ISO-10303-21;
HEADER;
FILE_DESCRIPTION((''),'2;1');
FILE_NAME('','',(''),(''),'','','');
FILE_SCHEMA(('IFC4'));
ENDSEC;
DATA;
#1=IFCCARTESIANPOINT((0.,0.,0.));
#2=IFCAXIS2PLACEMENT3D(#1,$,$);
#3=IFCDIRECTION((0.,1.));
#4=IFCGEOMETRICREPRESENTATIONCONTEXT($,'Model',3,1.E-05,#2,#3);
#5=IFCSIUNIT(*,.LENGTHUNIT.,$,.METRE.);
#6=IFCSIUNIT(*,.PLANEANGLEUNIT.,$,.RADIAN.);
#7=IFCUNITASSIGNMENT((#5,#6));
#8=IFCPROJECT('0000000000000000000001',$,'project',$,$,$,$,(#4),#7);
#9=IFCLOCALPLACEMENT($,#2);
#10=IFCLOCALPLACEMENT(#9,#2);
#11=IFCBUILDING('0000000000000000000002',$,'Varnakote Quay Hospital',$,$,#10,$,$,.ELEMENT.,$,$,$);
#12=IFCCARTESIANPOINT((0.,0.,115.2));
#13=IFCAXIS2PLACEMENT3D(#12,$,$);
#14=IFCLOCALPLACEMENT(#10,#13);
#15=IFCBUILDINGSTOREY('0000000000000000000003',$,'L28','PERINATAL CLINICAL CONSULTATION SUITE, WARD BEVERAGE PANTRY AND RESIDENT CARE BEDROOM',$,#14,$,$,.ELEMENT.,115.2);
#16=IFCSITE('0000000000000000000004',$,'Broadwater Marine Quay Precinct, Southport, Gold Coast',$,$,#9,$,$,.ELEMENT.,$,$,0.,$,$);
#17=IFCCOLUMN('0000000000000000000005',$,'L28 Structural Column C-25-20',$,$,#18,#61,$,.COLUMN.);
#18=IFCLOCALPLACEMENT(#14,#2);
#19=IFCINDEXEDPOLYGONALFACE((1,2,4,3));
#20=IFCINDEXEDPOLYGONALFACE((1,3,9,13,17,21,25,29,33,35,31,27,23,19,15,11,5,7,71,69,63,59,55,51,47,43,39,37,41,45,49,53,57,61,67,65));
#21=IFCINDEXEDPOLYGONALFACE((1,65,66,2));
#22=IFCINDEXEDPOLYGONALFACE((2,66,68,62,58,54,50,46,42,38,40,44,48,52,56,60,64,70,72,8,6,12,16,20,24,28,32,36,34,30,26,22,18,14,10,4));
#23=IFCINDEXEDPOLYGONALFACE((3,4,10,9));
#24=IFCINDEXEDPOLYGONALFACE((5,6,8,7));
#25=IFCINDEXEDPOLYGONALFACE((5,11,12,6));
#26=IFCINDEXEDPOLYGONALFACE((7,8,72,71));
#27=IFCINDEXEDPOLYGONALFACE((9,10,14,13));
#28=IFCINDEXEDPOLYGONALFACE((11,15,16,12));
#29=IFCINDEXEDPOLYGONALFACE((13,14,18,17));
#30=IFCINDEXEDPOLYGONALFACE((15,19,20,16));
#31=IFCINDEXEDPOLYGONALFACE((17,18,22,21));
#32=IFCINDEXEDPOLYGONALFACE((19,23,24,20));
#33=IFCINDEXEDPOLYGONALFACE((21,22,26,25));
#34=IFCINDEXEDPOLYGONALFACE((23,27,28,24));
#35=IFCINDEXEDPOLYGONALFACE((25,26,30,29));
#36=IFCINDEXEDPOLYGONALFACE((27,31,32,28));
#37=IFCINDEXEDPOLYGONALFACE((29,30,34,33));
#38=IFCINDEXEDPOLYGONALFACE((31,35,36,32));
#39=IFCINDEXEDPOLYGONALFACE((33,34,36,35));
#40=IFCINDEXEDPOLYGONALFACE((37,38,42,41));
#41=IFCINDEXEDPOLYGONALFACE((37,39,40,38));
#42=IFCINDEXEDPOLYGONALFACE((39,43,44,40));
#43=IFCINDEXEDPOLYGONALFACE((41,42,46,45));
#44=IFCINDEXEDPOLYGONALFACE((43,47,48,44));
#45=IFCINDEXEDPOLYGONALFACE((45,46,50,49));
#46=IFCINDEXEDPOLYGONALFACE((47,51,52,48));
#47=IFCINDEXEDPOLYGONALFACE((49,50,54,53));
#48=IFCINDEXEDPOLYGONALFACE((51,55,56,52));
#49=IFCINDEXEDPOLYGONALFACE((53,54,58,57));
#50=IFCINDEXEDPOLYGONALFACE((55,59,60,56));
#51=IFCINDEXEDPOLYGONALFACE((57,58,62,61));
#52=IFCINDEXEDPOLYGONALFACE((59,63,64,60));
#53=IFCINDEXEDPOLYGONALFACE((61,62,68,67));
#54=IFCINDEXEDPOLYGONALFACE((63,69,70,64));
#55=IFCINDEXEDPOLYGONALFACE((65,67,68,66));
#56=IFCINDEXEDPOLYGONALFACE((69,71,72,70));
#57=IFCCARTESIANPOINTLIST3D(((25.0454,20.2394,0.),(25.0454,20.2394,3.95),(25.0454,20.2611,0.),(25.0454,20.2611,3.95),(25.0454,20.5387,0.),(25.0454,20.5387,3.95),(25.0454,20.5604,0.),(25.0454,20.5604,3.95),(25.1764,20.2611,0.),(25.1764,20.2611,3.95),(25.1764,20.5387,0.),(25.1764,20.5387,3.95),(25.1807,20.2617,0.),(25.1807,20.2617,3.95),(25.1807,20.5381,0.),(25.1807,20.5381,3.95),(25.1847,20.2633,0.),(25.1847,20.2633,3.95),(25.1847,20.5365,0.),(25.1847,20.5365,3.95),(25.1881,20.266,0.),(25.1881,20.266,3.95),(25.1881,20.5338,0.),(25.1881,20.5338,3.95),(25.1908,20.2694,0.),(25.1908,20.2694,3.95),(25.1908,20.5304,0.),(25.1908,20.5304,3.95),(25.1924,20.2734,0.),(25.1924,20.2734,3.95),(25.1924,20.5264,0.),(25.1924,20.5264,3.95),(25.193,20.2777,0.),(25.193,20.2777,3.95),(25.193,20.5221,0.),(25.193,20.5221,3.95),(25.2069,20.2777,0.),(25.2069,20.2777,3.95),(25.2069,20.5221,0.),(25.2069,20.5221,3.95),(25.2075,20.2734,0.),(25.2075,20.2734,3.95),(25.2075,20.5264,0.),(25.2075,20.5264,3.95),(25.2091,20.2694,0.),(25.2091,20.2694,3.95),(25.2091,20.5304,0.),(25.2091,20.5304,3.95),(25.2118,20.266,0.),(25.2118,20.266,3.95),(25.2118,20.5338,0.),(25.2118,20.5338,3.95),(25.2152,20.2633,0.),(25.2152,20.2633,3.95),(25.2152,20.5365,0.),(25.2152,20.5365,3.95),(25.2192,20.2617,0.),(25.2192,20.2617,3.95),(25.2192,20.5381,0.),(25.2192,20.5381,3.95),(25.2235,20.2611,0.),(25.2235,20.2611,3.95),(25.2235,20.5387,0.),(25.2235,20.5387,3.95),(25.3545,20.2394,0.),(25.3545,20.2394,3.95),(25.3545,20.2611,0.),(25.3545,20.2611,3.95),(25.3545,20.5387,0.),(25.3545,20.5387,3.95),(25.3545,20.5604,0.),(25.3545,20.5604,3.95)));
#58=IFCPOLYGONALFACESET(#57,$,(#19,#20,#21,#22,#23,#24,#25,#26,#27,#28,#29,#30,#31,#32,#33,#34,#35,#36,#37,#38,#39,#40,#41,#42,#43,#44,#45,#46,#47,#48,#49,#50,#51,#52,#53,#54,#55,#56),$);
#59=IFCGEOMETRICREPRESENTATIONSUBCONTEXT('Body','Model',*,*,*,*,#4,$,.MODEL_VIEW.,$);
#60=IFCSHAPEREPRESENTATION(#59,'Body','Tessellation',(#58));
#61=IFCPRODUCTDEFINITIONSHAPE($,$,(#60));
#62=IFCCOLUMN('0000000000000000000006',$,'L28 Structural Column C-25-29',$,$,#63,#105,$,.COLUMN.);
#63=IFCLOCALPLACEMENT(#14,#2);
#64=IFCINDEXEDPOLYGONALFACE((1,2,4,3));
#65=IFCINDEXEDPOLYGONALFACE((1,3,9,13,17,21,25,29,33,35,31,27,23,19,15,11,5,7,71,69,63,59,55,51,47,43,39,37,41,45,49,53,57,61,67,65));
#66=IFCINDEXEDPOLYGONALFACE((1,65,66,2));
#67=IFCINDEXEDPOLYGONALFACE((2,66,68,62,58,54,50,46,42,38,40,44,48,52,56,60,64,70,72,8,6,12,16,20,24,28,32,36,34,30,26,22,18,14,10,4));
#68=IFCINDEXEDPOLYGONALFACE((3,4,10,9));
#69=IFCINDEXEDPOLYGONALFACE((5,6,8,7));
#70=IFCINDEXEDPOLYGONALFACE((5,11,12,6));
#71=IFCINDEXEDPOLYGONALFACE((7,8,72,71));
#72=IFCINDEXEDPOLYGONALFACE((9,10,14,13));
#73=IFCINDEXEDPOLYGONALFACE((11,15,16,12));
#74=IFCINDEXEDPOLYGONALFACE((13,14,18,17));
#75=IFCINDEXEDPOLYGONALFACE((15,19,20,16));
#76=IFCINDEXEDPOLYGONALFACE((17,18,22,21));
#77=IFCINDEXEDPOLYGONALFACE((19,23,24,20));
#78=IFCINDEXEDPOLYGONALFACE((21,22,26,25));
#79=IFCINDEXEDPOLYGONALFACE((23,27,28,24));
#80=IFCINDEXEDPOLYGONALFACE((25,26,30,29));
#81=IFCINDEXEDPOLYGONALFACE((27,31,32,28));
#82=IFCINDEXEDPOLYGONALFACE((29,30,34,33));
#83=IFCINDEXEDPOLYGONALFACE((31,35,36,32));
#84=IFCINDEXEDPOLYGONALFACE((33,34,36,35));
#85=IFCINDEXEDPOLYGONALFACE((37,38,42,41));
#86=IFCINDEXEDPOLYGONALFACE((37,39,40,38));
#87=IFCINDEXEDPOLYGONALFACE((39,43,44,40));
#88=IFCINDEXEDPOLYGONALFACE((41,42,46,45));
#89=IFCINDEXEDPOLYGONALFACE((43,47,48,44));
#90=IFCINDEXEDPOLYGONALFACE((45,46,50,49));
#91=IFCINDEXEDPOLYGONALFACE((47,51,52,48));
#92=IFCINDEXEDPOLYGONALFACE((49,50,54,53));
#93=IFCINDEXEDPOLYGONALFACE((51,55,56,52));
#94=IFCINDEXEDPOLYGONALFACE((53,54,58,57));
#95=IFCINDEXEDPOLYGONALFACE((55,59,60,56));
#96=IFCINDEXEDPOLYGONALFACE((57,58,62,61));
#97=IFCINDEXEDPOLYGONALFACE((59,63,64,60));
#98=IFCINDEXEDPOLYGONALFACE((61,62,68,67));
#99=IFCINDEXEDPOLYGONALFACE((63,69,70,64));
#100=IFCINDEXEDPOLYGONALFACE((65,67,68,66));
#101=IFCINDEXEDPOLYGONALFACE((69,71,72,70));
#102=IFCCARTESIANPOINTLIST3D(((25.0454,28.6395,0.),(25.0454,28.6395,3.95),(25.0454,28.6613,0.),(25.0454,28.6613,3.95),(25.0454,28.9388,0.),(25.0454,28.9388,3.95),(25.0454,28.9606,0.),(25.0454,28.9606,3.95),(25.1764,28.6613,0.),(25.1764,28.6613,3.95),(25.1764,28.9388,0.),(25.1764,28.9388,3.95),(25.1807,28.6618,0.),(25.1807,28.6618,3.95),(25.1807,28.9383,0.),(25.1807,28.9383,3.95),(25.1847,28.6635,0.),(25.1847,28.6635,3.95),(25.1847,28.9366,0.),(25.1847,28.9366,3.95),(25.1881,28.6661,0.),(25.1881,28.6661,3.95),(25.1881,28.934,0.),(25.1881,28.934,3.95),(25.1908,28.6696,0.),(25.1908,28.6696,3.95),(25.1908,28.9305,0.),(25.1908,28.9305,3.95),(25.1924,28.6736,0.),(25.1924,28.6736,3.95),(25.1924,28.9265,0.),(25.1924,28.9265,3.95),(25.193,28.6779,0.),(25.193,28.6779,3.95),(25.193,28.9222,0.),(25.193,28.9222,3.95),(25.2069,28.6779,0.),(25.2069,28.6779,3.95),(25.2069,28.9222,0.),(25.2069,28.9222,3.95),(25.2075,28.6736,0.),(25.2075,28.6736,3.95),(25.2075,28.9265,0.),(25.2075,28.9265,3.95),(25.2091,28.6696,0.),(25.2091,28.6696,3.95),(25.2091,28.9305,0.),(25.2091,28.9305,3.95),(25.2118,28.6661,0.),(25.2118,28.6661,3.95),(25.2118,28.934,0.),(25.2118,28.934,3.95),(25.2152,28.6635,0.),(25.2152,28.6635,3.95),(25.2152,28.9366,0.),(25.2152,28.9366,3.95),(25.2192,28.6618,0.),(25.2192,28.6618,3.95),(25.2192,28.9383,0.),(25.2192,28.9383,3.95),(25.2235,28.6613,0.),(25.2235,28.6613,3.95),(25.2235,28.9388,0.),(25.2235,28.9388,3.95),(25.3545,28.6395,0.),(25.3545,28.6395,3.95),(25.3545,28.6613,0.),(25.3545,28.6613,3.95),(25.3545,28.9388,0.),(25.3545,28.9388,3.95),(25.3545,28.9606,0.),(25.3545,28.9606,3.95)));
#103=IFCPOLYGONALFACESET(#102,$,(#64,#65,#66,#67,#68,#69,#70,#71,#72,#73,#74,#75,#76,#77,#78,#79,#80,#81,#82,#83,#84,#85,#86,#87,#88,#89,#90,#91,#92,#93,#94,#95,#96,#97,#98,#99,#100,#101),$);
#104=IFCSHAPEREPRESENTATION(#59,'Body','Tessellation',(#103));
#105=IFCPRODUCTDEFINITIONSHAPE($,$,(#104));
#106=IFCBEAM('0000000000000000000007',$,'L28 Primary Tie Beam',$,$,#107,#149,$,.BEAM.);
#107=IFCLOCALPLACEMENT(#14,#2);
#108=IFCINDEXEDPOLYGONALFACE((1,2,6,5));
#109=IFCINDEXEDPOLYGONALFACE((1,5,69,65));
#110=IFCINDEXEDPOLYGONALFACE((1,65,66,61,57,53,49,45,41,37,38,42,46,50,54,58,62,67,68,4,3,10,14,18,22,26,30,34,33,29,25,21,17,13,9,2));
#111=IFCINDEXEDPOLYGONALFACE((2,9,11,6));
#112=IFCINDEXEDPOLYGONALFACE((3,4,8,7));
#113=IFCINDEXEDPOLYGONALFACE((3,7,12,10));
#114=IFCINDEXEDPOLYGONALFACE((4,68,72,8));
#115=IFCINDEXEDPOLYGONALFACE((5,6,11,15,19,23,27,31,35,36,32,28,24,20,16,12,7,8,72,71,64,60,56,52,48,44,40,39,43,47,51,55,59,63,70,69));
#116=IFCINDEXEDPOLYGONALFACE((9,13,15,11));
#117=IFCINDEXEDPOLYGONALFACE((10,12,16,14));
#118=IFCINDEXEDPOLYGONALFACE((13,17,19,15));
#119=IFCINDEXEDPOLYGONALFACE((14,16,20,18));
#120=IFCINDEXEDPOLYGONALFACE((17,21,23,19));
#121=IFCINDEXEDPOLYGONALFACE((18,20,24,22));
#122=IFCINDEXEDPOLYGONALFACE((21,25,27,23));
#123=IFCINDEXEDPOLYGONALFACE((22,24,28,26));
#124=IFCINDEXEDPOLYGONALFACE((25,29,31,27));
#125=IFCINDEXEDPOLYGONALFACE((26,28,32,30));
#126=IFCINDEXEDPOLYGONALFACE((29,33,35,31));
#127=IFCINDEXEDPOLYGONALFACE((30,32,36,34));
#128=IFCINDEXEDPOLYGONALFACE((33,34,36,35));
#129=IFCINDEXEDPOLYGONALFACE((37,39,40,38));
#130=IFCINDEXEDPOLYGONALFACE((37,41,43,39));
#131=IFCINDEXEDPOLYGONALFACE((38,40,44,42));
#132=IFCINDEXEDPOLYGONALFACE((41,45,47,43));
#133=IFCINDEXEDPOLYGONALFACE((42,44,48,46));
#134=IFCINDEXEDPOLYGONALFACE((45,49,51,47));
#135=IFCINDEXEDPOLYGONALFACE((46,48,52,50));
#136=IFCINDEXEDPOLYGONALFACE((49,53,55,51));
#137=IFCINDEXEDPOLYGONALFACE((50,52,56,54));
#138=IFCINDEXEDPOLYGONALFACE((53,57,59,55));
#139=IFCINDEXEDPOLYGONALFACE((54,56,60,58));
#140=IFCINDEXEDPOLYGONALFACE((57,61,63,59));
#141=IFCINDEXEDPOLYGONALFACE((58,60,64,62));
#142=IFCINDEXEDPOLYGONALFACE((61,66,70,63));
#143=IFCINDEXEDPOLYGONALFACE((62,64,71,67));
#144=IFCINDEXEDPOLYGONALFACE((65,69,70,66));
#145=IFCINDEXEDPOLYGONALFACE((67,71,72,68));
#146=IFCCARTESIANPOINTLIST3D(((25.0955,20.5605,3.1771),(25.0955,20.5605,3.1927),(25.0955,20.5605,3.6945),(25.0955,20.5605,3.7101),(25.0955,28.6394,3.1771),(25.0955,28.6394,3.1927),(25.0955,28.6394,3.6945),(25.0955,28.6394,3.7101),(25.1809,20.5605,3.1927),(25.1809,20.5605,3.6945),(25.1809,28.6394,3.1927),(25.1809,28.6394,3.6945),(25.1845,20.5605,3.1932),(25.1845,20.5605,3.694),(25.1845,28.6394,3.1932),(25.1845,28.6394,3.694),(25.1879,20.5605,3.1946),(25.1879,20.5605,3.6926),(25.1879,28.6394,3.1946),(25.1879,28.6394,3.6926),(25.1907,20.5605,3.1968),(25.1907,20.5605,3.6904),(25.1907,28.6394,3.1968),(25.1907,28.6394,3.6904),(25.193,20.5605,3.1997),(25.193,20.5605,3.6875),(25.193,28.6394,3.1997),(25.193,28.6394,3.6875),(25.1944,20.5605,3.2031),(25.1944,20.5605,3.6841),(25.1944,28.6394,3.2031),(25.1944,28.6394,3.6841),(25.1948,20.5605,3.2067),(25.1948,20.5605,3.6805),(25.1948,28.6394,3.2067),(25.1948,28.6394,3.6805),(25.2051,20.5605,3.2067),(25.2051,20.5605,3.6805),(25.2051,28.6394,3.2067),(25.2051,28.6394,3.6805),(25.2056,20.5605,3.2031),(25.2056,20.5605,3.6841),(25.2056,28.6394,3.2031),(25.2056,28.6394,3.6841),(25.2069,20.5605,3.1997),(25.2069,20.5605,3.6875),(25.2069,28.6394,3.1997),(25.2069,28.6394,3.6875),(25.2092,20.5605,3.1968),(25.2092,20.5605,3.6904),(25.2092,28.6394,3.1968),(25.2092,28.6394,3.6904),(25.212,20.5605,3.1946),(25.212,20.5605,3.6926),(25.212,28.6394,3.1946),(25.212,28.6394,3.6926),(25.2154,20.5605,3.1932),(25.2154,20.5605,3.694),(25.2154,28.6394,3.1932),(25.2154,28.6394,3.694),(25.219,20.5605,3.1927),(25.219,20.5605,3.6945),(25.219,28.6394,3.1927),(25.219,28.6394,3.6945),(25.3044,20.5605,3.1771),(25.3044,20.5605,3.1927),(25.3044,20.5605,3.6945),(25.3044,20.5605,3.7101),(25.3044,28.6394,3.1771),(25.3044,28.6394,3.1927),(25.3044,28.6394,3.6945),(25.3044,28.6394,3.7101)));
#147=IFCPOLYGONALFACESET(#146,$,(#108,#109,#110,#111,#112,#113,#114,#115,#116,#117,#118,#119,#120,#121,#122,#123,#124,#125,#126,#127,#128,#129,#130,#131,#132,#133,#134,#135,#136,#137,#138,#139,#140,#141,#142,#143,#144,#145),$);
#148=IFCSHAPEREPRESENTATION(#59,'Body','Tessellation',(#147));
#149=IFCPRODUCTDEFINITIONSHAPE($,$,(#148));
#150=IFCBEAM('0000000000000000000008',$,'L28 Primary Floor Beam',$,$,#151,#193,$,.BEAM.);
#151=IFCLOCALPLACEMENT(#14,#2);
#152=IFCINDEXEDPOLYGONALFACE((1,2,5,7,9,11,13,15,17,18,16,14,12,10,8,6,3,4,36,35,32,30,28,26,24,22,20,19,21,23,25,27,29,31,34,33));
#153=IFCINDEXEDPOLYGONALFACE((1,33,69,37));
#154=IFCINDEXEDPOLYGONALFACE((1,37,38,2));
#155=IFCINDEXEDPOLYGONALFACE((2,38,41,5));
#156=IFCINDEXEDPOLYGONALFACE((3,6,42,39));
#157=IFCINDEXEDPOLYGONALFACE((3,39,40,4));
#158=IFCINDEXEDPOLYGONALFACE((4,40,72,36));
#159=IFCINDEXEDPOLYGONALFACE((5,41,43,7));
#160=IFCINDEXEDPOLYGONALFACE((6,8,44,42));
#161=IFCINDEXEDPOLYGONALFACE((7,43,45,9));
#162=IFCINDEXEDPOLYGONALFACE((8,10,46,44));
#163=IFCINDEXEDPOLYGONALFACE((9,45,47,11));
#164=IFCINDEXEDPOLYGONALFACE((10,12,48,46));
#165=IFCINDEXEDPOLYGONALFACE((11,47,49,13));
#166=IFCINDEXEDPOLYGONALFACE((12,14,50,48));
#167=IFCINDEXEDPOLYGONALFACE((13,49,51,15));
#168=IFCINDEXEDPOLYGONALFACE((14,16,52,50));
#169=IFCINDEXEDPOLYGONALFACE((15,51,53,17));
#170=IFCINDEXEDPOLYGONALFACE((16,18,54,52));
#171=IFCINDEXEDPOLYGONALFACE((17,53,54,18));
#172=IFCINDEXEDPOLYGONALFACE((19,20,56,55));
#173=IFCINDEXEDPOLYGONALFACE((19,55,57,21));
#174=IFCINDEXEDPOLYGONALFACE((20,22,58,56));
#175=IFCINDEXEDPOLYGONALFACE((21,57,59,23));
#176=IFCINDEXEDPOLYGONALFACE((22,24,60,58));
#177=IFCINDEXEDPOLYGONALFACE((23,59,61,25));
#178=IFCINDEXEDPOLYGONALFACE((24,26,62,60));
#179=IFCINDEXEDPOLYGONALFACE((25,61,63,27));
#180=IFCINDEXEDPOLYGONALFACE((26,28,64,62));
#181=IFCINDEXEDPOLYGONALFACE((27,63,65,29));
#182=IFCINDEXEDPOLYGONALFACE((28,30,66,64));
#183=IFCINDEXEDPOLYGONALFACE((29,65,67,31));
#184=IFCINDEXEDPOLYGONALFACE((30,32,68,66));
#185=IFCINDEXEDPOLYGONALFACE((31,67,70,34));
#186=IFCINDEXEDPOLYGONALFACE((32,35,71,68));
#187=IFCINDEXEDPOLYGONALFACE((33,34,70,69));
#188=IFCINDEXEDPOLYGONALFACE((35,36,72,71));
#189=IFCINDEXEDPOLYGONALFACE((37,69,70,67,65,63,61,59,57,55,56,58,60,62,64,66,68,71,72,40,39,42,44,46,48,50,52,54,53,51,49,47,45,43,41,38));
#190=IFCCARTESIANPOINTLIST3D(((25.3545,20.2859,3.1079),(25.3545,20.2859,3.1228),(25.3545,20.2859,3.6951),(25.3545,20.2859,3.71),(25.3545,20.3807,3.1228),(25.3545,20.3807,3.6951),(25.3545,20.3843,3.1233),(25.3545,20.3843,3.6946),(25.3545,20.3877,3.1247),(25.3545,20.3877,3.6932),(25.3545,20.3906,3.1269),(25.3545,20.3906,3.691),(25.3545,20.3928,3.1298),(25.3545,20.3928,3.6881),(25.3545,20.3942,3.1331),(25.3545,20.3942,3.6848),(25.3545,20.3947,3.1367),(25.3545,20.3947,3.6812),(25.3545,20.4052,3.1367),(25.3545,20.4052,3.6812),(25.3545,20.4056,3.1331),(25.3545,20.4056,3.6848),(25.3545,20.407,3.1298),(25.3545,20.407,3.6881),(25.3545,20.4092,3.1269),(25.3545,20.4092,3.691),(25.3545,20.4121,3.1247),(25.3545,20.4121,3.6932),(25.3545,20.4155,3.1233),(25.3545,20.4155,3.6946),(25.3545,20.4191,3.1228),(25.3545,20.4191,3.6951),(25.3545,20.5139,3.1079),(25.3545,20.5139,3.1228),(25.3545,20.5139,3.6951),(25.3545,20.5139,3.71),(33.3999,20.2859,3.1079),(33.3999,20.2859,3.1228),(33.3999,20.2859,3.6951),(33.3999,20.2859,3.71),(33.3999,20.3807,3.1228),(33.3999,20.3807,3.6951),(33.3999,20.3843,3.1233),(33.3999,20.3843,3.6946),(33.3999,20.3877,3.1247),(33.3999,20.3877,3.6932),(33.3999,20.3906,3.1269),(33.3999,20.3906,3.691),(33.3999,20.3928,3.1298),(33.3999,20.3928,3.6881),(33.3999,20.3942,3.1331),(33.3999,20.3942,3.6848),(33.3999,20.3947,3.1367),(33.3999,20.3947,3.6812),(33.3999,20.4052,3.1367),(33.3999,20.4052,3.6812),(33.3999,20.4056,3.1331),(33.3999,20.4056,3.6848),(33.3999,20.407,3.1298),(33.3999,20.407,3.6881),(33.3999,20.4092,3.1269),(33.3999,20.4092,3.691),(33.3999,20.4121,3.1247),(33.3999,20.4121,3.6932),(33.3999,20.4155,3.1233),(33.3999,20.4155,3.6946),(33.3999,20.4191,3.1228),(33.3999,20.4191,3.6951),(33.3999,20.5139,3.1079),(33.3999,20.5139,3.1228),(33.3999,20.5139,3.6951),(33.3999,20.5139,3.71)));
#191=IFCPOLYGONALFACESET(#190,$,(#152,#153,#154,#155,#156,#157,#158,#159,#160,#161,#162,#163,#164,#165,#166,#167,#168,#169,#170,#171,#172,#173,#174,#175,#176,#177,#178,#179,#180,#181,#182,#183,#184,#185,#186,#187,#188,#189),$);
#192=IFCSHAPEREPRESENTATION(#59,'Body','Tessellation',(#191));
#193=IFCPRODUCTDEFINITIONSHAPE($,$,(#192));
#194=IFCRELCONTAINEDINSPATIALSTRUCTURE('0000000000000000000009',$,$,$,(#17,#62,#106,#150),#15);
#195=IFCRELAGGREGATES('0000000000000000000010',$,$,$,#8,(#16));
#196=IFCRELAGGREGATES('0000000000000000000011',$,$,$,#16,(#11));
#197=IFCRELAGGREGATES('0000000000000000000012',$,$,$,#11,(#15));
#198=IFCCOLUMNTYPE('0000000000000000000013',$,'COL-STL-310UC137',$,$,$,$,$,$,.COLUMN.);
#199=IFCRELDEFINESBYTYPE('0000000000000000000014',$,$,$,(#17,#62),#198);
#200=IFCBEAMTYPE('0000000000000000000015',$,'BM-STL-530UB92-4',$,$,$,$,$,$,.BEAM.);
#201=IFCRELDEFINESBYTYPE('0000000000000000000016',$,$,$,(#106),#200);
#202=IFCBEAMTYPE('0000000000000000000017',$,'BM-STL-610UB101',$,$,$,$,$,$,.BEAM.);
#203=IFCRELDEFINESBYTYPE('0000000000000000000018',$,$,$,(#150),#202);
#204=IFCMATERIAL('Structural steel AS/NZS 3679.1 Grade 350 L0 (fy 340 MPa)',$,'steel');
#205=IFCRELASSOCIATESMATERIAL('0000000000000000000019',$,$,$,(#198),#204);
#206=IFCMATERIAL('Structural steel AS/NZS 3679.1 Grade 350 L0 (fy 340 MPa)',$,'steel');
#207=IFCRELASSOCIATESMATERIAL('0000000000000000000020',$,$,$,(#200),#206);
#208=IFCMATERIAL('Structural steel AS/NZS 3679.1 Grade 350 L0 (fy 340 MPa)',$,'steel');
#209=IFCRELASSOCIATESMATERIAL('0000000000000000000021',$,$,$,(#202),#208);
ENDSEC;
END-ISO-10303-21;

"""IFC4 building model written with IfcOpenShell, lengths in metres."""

from ifc_helpers import new_model, si_unit, direction, frame, origin, origin_2d, place, context, subcontext, project, spatial, i_section, extrude, material, material_profile, profile_set, type_object, element, save


model = new_model("IFC4")

# Units and contexts
model_context = context("Model", 3, precision=1e-05, world=origin(), true_north=direction((0.0, 1.0)))
body_context = subcontext(model_context, "Body", "Model", "MODEL_VIEW")
ifc_project = project(units=[si_unit("LENGTHUNIT", "METRE"), si_unit("PLANEANGLEUNIT", "RADIAN")], contexts=[model_context])

# Site, building, storey
site_placement = place(None, origin())
site = spatial("IfcSite", under=ifc_project, at=site_placement, Name="Broadwater Marine Quay Precinct, Southport, Gold Coast", CompositionType="ELEMENT", RefElevation=0.0)
building_placement = place(site_placement, origin())
building = spatial("IfcBuilding", under=site, at=building_placement, Name="Varnakote Quay Hospital", CompositionType="ELEMENT")
storey_placement = place(building_placement, frame((0.0, 0.0, 115.2)))
storey = spatial("IfcBuildingStorey", under=building, at=storey_placement, Name="L28", Description="PERINATAL CLINICAL CONSULTATION SUITE, WARD BEVERAGE PANTRY AND RESIDENT CARE BEDROOM", CompositionType="ELEMENT", Elevation=115.2)

# Columns
ifc_material_1 = material(Name="Structural steel AS/NZS 3679.1 Grade 350 L0 (fy 340 MPa)", Category="steel")
ifc_material_profile_1 = material_profile(ifc_material_1, i_section(OverallWidth=0.3091, OverallDepth=0.321, WebThickness=0.0139, FlangeThickness=0.0217, FilletRadius=0.0166, at=origin_2d()), Name="310UC137")
ifc_profile_set_1 = profile_set([ifc_material_profile_1], Name="Structural steel AS/NZS 3679.1 Grade 350 L0 (fy 340 MPa)")
column_type = type_object("IfcColumnType", Name="COL-STL-310UC137", PredefinedType="COLUMN", material=ifc_profile_set_1)
for number, where, z_axis, x_axis, name in (
    (1, (25.2, 20.3999, 0.0), (0.0, 0.0, 1.0), (1.0, 0.0, 0.0), "L28 Structural Column C-25-20"),
    (2, (25.2, 28.8, 0.0), (0.0, 0.0, 1.0), (1.0, 0.0, 0.0), "L28 Structural Column C-25-29"),
):
    element("IfcColumn", number, at=place(storey_placement, frame(where, z_axis=z_axis, x_axis=x_axis)), inside=storey, type_object=column_type, Name=name, PredefinedType="COLUMN", context=body_context, shape_type="SweptSolid", body=[
        extrude(i_section(OverallWidth=0.3091, OverallDepth=0.321, WebThickness=0.0139, FlangeThickness=0.0217, FilletRadius=0.0166, at=origin_2d()), origin(), (0.0, 0.0, 1.0), 3.95),
    ])

# Beams
ifc_material_2 = material(Name="Structural steel AS/NZS 3679.1 Grade 350 L0 (fy 340 MPa)", Category="steel")
ifc_material_profile_2 = material_profile(ifc_material_2, i_section(OverallWidth=0.209, OverallDepth=0.533, WebThickness=0.0103, FlangeThickness=0.0156, FilletRadius=0.0139, at=origin_2d()), Name="530UB92.4")
ifc_profile_set_2 = profile_set([ifc_material_profile_2], Name="Structural steel AS/NZS 3679.1 Grade 350 L0 (fy 340 MPa)")
beam_type_1 = type_object("IfcBeamType", Name="BM-STL-530UB92-4", PredefinedType="BEAM", material=ifc_profile_set_2)
beam_1_placement = place(storey_placement, frame((25.2, 20.5605, 3.4436), z_axis=(0.0, 1.0, 0.0), x_axis=(-1.0, 0.0, 0.0)))
element("IfcBeam", 3, at=beam_1_placement, inside=storey, type_object=beam_type_1, Name="L28 Primary Tie Beam", PredefinedType="BEAM", context=body_context, shape_type="SweptSolid", body=[
    extrude(i_section(OverallWidth=0.209, OverallDepth=0.533, WebThickness=0.0103, FlangeThickness=0.0156, FilletRadius=0.0139, at=origin_2d()), origin(), (0.0, 0.0, 1.0), 8.0789),
])
ifc_material_3 = material(Name="Structural steel AS/NZS 3679.1 Grade 350 L0 (fy 340 MPa)", Category="steel")
ifc_material_profile_3 = material_profile(ifc_material_3, i_section(OverallWidth=0.228, OverallDepth=0.6021, WebThickness=0.0105, FlangeThickness=0.0149, FilletRadius=0.0139, at=origin_2d()), Name="610UB101")
ifc_profile_set_3 = profile_set([ifc_material_profile_3], Name="Structural steel AS/NZS 3679.1 Grade 350 L0 (fy 340 MPa)")
beam_type_2 = type_object("IfcBeamType", Name="BM-STL-610UB101", PredefinedType="BEAM", material=ifc_profile_set_3)
beam_2_placement = place(storey_placement, frame((25.3545, 20.3999, 3.4089), z_axis=(1.0, 0.0, 0.0), x_axis=(0.0, 1.0, 0.0)))
element("IfcBeam", 4, at=beam_2_placement, inside=storey, type_object=beam_type_2, Name="L28 Primary Floor Beam", PredefinedType="BEAM", context=body_context, shape_type="SweptSolid", body=[
    extrude(i_section(OverallWidth=0.228, OverallDepth=0.6021, WebThickness=0.0105, FlangeThickness=0.0149, FilletRadius=0.0139, at=origin_2d()), origin(), (0.0, 0.0, 1.0), 8.0454),
])

save(model, "model.ifc")
